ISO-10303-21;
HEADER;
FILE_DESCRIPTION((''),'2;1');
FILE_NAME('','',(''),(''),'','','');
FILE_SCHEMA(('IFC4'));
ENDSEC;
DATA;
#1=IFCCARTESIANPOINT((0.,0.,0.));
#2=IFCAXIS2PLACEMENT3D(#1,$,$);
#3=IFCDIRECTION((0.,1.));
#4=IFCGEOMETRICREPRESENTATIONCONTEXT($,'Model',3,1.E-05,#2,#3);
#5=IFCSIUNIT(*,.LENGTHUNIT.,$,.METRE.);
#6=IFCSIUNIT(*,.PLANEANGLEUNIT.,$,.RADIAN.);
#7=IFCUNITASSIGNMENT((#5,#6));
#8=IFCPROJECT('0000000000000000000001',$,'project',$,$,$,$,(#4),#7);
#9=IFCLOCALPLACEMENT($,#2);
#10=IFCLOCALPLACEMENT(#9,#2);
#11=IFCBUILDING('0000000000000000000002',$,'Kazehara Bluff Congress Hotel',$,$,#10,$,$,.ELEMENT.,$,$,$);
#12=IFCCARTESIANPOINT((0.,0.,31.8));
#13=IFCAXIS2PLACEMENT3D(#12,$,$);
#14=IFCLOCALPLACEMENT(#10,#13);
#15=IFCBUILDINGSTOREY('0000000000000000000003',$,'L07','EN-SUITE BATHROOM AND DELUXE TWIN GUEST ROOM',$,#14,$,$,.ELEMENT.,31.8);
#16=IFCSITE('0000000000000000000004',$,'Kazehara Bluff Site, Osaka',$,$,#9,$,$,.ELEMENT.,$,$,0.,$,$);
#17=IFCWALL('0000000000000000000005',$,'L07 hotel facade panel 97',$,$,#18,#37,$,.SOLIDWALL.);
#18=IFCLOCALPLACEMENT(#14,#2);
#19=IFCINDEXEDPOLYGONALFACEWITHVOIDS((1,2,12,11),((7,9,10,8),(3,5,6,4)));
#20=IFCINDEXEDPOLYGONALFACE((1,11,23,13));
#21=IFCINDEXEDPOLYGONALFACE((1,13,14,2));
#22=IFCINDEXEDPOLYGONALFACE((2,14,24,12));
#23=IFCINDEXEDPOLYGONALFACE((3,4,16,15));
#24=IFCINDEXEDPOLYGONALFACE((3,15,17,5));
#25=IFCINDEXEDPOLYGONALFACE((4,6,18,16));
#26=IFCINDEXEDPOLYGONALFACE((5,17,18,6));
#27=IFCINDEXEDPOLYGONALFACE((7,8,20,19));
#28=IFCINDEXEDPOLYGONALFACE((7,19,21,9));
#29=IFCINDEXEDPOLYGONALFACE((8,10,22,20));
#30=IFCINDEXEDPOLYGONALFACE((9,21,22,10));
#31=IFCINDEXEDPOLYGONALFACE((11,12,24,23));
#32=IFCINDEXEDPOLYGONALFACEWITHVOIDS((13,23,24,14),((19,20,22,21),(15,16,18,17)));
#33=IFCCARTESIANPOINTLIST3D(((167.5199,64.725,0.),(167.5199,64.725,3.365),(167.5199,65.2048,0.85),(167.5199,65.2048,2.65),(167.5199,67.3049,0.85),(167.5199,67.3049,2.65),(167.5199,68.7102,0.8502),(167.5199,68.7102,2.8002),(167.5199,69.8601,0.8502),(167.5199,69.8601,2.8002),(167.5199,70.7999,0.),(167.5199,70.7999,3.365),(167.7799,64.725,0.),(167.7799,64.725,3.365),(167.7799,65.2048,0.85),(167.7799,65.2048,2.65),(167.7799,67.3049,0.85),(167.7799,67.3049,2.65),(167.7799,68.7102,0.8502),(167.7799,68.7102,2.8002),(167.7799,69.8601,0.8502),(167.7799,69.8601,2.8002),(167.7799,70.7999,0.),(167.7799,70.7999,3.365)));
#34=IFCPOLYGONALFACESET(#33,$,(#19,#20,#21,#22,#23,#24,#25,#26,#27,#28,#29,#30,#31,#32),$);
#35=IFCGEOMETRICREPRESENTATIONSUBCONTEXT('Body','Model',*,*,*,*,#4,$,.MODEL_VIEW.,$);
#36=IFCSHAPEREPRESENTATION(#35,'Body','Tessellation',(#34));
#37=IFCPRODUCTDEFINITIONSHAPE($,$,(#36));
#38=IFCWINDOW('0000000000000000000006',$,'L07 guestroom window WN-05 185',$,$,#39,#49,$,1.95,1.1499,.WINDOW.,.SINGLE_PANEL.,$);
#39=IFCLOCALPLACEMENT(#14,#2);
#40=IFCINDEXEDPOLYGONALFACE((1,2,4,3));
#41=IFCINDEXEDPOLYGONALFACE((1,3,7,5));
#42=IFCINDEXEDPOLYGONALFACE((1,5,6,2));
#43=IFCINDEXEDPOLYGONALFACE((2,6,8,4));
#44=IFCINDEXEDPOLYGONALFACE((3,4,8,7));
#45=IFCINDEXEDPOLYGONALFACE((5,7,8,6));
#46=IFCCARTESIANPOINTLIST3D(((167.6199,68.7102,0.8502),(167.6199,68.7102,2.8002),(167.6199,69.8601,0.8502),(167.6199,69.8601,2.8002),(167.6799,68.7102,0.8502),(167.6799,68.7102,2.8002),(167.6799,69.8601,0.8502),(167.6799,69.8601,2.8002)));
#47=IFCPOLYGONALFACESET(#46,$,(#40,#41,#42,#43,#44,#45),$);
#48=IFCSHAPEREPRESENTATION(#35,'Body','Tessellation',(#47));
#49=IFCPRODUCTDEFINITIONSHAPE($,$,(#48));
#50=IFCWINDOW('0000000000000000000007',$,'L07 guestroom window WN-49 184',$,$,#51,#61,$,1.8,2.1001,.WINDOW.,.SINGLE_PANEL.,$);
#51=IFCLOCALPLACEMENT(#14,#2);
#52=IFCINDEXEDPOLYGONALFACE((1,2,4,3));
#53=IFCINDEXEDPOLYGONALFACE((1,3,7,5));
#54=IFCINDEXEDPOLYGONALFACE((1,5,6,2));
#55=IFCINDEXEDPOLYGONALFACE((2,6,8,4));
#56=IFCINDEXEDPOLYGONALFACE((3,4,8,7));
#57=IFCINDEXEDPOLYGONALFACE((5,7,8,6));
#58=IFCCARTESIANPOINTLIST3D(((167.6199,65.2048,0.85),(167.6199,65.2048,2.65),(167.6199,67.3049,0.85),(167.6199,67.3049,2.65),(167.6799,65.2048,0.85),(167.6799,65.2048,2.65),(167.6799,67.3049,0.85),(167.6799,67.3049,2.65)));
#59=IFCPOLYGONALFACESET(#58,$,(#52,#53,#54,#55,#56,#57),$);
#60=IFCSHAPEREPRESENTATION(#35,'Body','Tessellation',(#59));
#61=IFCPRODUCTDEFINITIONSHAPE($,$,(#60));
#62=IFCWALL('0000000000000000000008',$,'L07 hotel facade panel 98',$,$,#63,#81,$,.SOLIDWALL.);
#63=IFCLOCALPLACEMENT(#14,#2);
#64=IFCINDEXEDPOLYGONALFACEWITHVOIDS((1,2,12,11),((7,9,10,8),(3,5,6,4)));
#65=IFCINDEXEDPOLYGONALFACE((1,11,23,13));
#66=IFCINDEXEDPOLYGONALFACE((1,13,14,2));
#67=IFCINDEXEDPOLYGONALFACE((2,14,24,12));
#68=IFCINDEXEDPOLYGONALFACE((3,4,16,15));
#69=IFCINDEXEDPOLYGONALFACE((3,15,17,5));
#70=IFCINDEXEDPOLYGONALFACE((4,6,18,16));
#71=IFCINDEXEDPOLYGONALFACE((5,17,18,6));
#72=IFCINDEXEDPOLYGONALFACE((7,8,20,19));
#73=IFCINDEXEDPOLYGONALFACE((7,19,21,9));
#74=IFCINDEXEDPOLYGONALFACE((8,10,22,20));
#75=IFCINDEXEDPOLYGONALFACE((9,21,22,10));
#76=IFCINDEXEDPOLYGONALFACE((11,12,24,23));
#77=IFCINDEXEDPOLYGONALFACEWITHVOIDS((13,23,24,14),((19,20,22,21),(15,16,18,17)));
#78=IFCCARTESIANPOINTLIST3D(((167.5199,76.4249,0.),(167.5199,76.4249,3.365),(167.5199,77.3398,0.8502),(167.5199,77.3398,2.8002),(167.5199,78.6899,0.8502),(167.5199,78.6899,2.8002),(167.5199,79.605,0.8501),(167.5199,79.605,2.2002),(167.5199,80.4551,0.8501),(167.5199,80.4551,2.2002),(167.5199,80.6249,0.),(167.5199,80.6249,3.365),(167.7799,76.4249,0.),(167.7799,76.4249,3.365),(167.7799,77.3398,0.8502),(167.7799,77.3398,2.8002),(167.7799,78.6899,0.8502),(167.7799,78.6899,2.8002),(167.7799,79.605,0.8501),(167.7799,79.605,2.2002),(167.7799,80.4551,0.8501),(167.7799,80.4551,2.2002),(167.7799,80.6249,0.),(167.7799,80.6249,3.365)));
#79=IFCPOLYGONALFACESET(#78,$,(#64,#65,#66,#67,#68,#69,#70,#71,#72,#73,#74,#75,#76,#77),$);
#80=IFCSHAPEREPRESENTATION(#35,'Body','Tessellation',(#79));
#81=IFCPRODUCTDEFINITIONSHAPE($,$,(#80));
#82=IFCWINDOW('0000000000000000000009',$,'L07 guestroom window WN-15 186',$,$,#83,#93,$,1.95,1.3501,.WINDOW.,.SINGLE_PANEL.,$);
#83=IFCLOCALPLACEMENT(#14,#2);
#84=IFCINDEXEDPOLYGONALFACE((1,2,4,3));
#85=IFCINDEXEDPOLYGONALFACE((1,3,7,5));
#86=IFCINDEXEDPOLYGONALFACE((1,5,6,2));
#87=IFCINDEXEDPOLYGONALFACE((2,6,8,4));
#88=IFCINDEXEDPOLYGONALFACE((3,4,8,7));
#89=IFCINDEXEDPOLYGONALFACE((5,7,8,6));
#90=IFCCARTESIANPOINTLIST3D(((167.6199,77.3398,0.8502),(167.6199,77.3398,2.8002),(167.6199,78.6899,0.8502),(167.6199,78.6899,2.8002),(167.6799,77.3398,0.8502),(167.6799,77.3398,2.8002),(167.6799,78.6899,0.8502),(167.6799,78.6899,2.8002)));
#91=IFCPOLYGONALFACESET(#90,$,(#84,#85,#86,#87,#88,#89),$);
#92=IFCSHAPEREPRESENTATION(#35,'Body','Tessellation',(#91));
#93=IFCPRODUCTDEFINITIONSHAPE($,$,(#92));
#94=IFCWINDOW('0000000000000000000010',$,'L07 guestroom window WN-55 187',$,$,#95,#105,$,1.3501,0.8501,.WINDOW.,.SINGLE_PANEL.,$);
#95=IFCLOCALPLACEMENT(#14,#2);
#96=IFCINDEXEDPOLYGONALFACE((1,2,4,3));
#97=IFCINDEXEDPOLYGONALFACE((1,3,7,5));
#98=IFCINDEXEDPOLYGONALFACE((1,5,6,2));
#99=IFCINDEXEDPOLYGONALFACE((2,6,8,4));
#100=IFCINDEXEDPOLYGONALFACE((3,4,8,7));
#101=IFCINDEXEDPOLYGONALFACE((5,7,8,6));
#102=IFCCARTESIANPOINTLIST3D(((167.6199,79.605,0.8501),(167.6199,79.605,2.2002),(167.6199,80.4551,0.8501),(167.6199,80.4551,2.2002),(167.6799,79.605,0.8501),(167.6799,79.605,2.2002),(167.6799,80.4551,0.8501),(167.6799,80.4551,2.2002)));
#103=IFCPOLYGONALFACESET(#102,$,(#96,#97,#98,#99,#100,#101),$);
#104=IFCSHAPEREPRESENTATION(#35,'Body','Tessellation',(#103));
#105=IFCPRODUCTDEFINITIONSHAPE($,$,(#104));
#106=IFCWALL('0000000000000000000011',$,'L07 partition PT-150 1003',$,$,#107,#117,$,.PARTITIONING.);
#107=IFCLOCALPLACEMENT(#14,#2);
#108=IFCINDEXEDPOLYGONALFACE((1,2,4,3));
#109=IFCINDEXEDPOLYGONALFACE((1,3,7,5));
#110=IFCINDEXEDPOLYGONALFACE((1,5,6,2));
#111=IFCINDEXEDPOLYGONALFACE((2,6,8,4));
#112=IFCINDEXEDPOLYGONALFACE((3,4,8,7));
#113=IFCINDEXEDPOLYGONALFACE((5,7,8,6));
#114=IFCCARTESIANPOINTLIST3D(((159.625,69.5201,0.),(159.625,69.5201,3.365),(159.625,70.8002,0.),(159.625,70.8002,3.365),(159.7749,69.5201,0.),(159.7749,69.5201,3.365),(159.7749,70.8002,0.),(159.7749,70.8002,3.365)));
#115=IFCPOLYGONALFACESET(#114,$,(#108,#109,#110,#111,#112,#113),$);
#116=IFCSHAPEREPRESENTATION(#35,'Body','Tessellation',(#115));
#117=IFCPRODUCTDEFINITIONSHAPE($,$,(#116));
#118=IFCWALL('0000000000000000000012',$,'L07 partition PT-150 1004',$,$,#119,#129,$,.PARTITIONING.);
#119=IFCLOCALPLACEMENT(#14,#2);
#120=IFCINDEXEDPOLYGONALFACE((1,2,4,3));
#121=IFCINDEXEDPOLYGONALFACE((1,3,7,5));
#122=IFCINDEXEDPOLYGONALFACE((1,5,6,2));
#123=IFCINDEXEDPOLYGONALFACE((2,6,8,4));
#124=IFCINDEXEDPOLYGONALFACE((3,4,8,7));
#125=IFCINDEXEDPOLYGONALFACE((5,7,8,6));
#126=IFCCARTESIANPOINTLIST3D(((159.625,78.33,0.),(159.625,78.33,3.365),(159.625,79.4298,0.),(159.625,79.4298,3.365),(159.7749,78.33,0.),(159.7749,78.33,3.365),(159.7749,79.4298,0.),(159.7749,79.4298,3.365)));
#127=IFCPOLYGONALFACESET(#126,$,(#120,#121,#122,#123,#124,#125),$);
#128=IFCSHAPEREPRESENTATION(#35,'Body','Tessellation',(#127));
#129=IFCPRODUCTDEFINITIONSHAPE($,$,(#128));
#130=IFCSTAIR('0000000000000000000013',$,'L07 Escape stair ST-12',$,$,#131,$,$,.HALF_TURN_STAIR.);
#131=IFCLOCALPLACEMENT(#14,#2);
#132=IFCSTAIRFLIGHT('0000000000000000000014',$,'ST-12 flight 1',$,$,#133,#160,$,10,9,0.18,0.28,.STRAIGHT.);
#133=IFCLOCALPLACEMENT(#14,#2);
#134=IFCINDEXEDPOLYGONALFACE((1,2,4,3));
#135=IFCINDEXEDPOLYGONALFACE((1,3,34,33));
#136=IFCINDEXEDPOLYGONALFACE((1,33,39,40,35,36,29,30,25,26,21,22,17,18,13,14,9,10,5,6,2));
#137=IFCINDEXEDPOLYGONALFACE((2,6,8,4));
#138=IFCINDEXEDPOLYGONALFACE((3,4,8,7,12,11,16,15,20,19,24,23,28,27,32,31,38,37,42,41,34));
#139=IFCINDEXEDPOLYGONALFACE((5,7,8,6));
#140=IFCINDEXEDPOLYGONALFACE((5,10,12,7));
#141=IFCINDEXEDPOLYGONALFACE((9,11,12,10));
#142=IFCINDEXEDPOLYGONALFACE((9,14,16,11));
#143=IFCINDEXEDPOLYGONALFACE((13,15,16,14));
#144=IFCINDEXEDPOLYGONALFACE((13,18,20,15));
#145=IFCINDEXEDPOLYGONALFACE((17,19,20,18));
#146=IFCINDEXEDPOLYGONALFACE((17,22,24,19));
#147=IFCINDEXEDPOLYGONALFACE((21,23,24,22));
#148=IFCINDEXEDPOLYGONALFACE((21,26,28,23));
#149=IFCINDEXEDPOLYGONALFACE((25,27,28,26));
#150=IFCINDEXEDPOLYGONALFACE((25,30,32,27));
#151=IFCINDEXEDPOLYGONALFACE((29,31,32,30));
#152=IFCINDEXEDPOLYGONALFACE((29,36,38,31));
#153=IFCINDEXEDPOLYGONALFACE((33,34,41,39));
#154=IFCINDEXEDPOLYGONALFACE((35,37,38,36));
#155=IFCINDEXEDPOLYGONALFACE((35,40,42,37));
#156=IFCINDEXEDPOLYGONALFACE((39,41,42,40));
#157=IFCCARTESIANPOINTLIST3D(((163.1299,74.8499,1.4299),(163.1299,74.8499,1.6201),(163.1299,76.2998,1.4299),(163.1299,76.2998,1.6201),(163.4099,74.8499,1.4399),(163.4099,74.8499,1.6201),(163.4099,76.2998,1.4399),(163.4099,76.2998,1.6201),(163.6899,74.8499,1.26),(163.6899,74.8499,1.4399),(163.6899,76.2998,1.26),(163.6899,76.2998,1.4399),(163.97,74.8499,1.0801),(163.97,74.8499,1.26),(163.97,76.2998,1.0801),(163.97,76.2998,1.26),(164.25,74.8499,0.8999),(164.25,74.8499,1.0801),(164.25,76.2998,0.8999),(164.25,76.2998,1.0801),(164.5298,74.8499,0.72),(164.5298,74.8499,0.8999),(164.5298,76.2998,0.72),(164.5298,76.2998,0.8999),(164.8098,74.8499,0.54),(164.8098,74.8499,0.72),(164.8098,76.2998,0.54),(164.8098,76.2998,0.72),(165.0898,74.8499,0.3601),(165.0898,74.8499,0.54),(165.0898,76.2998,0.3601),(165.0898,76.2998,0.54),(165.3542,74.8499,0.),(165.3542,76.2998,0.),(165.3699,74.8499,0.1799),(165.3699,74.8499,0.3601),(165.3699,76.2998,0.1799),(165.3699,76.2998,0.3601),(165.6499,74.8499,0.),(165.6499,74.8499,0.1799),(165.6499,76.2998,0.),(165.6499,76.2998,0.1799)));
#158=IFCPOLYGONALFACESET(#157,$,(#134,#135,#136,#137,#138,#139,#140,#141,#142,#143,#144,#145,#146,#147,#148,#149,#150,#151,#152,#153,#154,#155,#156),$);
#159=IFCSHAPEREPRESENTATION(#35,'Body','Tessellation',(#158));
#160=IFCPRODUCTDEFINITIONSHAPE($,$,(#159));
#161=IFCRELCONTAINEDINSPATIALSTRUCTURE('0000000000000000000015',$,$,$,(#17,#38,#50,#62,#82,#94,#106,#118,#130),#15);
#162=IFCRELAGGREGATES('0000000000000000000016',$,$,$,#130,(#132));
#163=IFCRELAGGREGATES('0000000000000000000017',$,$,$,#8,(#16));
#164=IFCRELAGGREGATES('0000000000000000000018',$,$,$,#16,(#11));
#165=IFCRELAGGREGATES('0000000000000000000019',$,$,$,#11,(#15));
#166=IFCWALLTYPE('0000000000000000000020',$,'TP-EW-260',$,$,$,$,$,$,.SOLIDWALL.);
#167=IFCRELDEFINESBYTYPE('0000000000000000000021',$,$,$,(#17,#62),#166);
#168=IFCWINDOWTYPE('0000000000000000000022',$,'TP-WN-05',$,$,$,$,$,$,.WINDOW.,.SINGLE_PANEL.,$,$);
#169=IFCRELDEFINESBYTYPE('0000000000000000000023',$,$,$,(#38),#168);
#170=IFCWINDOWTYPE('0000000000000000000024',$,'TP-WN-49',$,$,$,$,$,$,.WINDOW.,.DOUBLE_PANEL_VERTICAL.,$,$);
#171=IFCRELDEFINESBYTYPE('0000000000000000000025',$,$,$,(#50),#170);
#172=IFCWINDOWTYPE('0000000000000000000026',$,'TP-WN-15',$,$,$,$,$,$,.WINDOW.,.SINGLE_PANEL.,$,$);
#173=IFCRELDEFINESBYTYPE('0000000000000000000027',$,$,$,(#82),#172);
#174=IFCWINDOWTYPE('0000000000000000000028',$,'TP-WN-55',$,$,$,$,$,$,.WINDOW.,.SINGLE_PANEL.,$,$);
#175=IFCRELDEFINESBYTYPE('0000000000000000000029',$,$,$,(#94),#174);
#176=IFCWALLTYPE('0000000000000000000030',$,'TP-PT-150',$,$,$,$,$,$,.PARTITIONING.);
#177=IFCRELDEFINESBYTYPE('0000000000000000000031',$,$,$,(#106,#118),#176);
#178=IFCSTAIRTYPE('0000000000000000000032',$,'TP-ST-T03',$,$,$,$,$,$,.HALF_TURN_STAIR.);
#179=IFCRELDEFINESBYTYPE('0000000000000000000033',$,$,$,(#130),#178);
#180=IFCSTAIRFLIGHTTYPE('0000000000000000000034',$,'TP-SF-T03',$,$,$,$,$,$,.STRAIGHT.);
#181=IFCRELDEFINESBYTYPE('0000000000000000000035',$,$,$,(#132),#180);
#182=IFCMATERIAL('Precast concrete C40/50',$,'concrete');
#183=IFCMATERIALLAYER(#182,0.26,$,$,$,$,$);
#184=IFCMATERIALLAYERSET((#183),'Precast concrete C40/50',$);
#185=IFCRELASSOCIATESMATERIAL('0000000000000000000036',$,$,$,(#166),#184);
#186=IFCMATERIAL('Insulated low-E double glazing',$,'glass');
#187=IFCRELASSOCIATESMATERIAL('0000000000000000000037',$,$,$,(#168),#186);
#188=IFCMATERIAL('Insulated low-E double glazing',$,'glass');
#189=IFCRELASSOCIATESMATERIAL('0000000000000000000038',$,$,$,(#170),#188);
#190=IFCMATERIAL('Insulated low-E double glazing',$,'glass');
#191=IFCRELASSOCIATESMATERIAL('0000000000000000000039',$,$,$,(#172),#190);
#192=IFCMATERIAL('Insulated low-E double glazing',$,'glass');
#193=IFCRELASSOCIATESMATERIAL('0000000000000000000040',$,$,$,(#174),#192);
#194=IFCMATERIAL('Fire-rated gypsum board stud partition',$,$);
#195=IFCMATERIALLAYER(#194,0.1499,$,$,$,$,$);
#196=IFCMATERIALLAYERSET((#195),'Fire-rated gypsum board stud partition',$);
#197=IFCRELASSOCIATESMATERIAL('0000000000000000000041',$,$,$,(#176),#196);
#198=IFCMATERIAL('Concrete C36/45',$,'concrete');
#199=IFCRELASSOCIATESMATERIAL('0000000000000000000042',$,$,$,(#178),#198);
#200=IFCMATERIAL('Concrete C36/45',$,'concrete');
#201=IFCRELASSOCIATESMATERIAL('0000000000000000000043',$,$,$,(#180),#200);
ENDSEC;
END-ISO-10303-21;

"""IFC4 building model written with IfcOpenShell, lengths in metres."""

from ifc_helpers import new_model, si_unit, direction, frame, frame_2d, origin, place, context, subcontext, project, spatial, polyline, rectangle, outline, extrude, material, layer, layer_set, type_object, element, fill, aggregate, save


model = new_model("IFC4")

# Units and contexts
model_context = context("Model", 3, precision=1e-05, world=origin(), true_north=direction((0.0, 1.0)))
body_context = subcontext(model_context, "Body", "Model", "MODEL_VIEW")
ifc_project = project(units=[si_unit("LENGTHUNIT", "METRE"), si_unit("PLANEANGLEUNIT", "RADIAN")], contexts=[model_context])

# Site, building, storey
site_placement = place(None, origin())
site = spatial("IfcSite", under=ifc_project, at=site_placement, Name="Kazehara Bluff Site, Osaka", CompositionType="ELEMENT", RefElevation=0.0)
building_placement = place(site_placement, origin())
building = spatial("IfcBuilding", under=site, at=building_placement, Name="Kazehara Bluff Congress Hotel", CompositionType="ELEMENT")
storey_placement = place(building_placement, frame((0.0, 0.0, 31.8)))
storey = spatial("IfcBuildingStorey", under=building, at=storey_placement, Name="L07", Description="EN-SUITE BATHROOM AND DELUXE TWIN GUEST ROOM", CompositionType="ELEMENT", Elevation=31.8)

# Walls, openings, windows
ifc_material_1 = material(Name="Precast concrete C40/50", Category="concrete")
ifc_layer_1 = layer(ifc_material_1, 0.26)
ifc_layer_set_1 = layer_set([ifc_layer_1], Name="Precast concrete C40/50")
wall_type_1 = type_object("IfcWallType", Name="TP-EW-260", PredefinedType="SOLIDWALL", material=ifc_layer_set_1)
wall_1_placement = place(storey_placement, frame((167.6499, 70.8, 0.0), z_axis=(0.0, 0.0, 1.0), x_axis=(0.0, -1.0, 0.0)))
wall_1 = element("IfcWall", 1, at=wall_1_placement, inside=storey, type_object=wall_type_1, Name="L07 hotel facade panel 97", PredefinedType="SOLIDWALL", context=body_context, shape_type="SweptSolid", body=[
    extrude(rectangle(XDim=6.075, YDim=0.26, at=frame_2d((3.0376, 0.0))), origin(), (0.0, 0.0, 1.0), 3.365),
])
opening_1_placement = place(wall_1_placement, frame((3.4951, 0.0, 0.8501)))
opening_1 = element("IfcOpeningElement", 2, at=opening_1_placement, cuts=wall_1, PredefinedType="OPENING", context=body_context, shape_type="SweptSolid", body=[
    extrude(rectangle(XDim=2.1001, YDim=1.8, at=frame_2d((1.05, 0.8999))), frame((0.0, 0.1399, 0.0), z_axis=(0.0, -1.0, 0.0), x_axis=(1.0, 0.0, 0.0)), (0.0, 0.0, 1.0), 0.28),
])
opening_2_placement = place(wall_1_placement, frame((0.9399, 0.0, 0.8501)))
opening_2 = element("IfcOpeningElement", 3, at=opening_2_placement, cuts=wall_1, PredefinedType="OPENING", context=body_context, shape_type="SweptSolid", body=[
    extrude(rectangle(XDim=1.1499, YDim=1.95, at=frame_2d((0.575, 0.9751))), frame((0.0, 0.1399, 0.0), z_axis=(0.0, -1.0, 0.0), x_axis=(1.0, 0.0, 0.0)), (0.0, 0.0, 1.0), 0.28),
])
ifc_material_2 = material(Name="Insulated low-E double glazing", Category="glass")
window_type_1 = type_object("IfcWindowType", Name="TP-WN-05", PartitioningType="SINGLE_PANEL", PredefinedType="WINDOW", material=ifc_material_2)
window_1_placement = place(opening_2_placement, origin())
window_1 = element("IfcWindow", 4, at=window_1_placement, inside=storey, type_object=window_type_1, Name="L07 guestroom window WN-05 185", OverallHeight=1.95, OverallWidth=1.1499, PartitioningType="SINGLE_PANEL", PredefinedType="WINDOW", context=body_context, shape_type="SweptSolid", body=[
    extrude(rectangle(XDim=1.1499, YDim=1.95, at=frame_2d((0.575, 0.9751))), frame((0.0, 0.03, 0.0), z_axis=(0.0, -1.0, 0.0), x_axis=(1.0, 0.0, 0.0)), (0.0, 0.0, 1.0), 0.0601),
])
fill(opening_2, window_1)
ifc_material_3 = material(Name="Insulated low-E double glazing", Category="glass")
window_type_2 = type_object("IfcWindowType", Name="TP-WN-49", PartitioningType="DOUBLE_PANEL_VERTICAL", PredefinedType="WINDOW", material=ifc_material_3)
window_2_placement = place(opening_1_placement, origin())
window_2 = element("IfcWindow", 5, at=window_2_placement, inside=storey, type_object=window_type_2, Name="L07 guestroom window WN-49 184", OverallHeight=1.8, OverallWidth=2.1001, PartitioningType="SINGLE_PANEL", PredefinedType="WINDOW", context=body_context, shape_type="SweptSolid", body=[
    extrude(rectangle(XDim=2.1001, YDim=1.8, at=frame_2d((1.05, 0.8999))), frame((0.0, 0.03, 0.0), z_axis=(0.0, -1.0, 0.0), x_axis=(1.0, 0.0, 0.0)), (0.0, 0.0, 1.0), 0.0601),
])
fill(opening_1, window_2)
wall_2_placement = place(storey_placement, frame((167.6499, 80.625, 0.0), z_axis=(0.0, 0.0, 1.0), x_axis=(0.0, -1.0, 0.0)))
wall_2 = element("IfcWall", 6, at=wall_2_placement, inside=storey, type_object=wall_type_1, Name="L07 hotel facade panel 98", PredefinedType="SOLIDWALL", context=body_context, shape_type="SweptSolid", body=[
    extrude(rectangle(XDim=4.2, YDim=0.26, at=frame_2d((2.1001, 0.0))), origin(), (0.0, 0.0, 1.0), 3.365),
])
opening_3_placement = place(wall_2_placement, frame((1.9351, 0.0, 0.8501)))
opening_3 = element("IfcOpeningElement", 7, at=opening_3_placement, cuts=wall_2, PredefinedType="OPENING", context=body_context, shape_type="SweptSolid", body=[
    extrude(rectangle(XDim=1.3501, YDim=1.95, at=frame_2d((0.675, 0.9751))), frame((0.0, 0.1399, 0.0), z_axis=(0.0, -1.0, 0.0), x_axis=(1.0, 0.0, 0.0)), (0.0, 0.0, 1.0), 0.28),
])
opening_4_placement = place(wall_2_placement, frame((0.1699, 0.0, 0.8501)))
opening_4 = element("IfcOpeningElement", 8, at=opening_4_placement, cuts=wall_2, PredefinedType="OPENING", context=body_context, shape_type="SweptSolid", body=[
    extrude(rectangle(XDim=0.8501, YDim=1.3501, at=frame_2d((0.425, 0.675))), frame((0.0, 0.1399, 0.0), z_axis=(0.0, -1.0, 0.0), x_axis=(1.0, 0.0, 0.0)), (0.0, 0.0, 1.0), 0.28),
])
ifc_material_4 = material(Name="Insulated low-E double glazing", Category="glass")
window_type_3 = type_object("IfcWindowType", Name="TP-WN-15", PartitioningType="SINGLE_PANEL", PredefinedType="WINDOW", material=ifc_material_4)
window_3_placement = place(opening_3_placement, origin())
window_3 = element("IfcWindow", 9, at=window_3_placement, inside=storey, type_object=window_type_3, Name="L07 guestroom window WN-15 186", OverallHeight=1.95, OverallWidth=1.3501, PartitioningType="SINGLE_PANEL", PredefinedType="WINDOW", context=body_context, shape_type="SweptSolid", body=[
    extrude(rectangle(XDim=1.3501, YDim=1.95, at=frame_2d((0.675, 0.9751))), frame((0.0, 0.03, 0.0), z_axis=(0.0, -1.0, 0.0), x_axis=(1.0, 0.0, 0.0)), (0.0, 0.0, 1.0), 0.0601),
])
fill(opening_3, window_3)
ifc_material_5 = material(Name="Insulated low-E double glazing", Category="glass")
window_type_4 = type_object("IfcWindowType", Name="TP-WN-55", PartitioningType="SINGLE_PANEL", PredefinedType="WINDOW", material=ifc_material_5)
window_4_placement = place(opening_4_placement, origin())
window_4 = element("IfcWindow", 10, at=window_4_placement, inside=storey, type_object=window_type_4, Name="L07 guestroom window WN-55 187", OverallHeight=1.3501, OverallWidth=0.8501, PartitioningType="SINGLE_PANEL", PredefinedType="WINDOW", context=body_context, shape_type="SweptSolid", body=[
    extrude(rectangle(XDim=0.8501, YDim=1.3501, at=frame_2d((0.425, 0.675))), frame((0.0, 0.03, 0.0), z_axis=(0.0, -1.0, 0.0), x_axis=(1.0, 0.0, 0.0)), (0.0, 0.0, 1.0), 0.0601),
])
fill(opening_4, window_4)

# Walls
ifc_material_6 = material(Name="Fire-rated gypsum board stud partition")
ifc_layer_2 = layer(ifc_material_6, 0.1499)
ifc_layer_set_2 = layer_set([ifc_layer_2], Name="Fire-rated gypsum board stud partition")
wall_type_2 = type_object("IfcWallType", Name="TP-PT-150", PredefinedType="PARTITIONING", material=ifc_layer_set_2)
wall_3_placement = place(storey_placement, frame((159.7, 69.52, 0.0), z_axis=(0.0, 0.0, 1.0), x_axis=(0.0, 1.0, 0.0)))
element("IfcWall", 11, at=wall_3_placement, inside=storey, type_object=wall_type_2, Name="L07 partition PT-150 1003", PredefinedType="PARTITIONING", context=body_context, shape_type="SweptSolid", body=[
    extrude(rectangle(XDim=1.28, YDim=0.1499, at=frame_2d((0.6401, 0.0))), origin(), (0.0, 0.0, 1.0), 3.365),
])
wall_4_placement = place(storey_placement, frame((159.7, 78.3301, 0.0), z_axis=(0.0, 0.0, 1.0), x_axis=(0.0, 1.0, 0.0)))
element("IfcWall", 12, at=wall_4_placement, inside=storey, type_object=wall_type_2, Name="L07 partition PT-150 1004", PredefinedType="PARTITIONING", context=body_context, shape_type="SweptSolid", body=[
    extrude(rectangle(XDim=1.0999, YDim=0.1499, at=frame_2d((0.5498, 0.0))), origin(), (0.0, 0.0, 1.0), 3.365),
])

# Stair, stair flight
ifc_material_7 = material(Name="Concrete C36/45", Category="concrete")
stair_type = type_object("IfcStairType", Name="TP-ST-T03", PredefinedType="HALF_TURN_STAIR", material=ifc_material_7)
stair_placement = place(storey_placement, origin())
stair = element("IfcStair", 13, at=stair_placement, inside=storey, type_object=stair_type, Name="L07 Escape stair ST-12", PredefinedType="HALF_TURN_STAIR")
ifc_material_8 = material(Name="Concrete C36/45", Category="concrete")
stair_flight_type = type_object("IfcStairFlightType", Name="TP-SF-T03", PredefinedType="STRAIGHT", material=ifc_material_8)
stair_flight_1_placement = place(storey_placement, frame((165.6499, 75.575, 0.0), z_axis=(0.0, 0.0, 1.0), x_axis=(-1.0, 0.0, 0.0)))
stair_flight_1 = element("IfcStairFlight", 14, at=stair_flight_1_placement, type_object=stair_flight_type, Name="ST-12 flight 1", NumberOfRisers=10, NumberOfTreads=9, PredefinedType="STRAIGHT", RiserHeight=0.18, TreadLength=0.28, context=body_context, shape_type="SweptSolid", body=[
    extrude(outline(polyline([(0.0, 0.0), (0.0, 0.1799), (0.28, 0.1799), (0.28, 0.3601), (0.5601, 0.3601), (0.5601, 0.54), (0.8401, 0.54), (0.8401, 0.72), (1.1201, 0.72), (1.1201, 0.8999), (1.3999, 0.8999), (1.3999, 1.0801), (1.6799, 1.0801), (1.6799, 1.26), (1.96, 1.26), (1.96, 1.4399), (2.24, 1.4399), (2.24, 1.6201), (2.52, 1.6201), (2.52, 1.8), (2.52, 1.4299), (0.2957, 0.0), (0.0, 0.0)])), frame((0.0, 0.7251, 0.0), z_axis=(0.0, -1.0, 0.0), x_axis=(1.0, 0.0, 0.0)), (0.0, 0.0, 1.0), 1.45),
])
aggregate(stair, [stair_flight_1])

save(model, "model.ifc")
